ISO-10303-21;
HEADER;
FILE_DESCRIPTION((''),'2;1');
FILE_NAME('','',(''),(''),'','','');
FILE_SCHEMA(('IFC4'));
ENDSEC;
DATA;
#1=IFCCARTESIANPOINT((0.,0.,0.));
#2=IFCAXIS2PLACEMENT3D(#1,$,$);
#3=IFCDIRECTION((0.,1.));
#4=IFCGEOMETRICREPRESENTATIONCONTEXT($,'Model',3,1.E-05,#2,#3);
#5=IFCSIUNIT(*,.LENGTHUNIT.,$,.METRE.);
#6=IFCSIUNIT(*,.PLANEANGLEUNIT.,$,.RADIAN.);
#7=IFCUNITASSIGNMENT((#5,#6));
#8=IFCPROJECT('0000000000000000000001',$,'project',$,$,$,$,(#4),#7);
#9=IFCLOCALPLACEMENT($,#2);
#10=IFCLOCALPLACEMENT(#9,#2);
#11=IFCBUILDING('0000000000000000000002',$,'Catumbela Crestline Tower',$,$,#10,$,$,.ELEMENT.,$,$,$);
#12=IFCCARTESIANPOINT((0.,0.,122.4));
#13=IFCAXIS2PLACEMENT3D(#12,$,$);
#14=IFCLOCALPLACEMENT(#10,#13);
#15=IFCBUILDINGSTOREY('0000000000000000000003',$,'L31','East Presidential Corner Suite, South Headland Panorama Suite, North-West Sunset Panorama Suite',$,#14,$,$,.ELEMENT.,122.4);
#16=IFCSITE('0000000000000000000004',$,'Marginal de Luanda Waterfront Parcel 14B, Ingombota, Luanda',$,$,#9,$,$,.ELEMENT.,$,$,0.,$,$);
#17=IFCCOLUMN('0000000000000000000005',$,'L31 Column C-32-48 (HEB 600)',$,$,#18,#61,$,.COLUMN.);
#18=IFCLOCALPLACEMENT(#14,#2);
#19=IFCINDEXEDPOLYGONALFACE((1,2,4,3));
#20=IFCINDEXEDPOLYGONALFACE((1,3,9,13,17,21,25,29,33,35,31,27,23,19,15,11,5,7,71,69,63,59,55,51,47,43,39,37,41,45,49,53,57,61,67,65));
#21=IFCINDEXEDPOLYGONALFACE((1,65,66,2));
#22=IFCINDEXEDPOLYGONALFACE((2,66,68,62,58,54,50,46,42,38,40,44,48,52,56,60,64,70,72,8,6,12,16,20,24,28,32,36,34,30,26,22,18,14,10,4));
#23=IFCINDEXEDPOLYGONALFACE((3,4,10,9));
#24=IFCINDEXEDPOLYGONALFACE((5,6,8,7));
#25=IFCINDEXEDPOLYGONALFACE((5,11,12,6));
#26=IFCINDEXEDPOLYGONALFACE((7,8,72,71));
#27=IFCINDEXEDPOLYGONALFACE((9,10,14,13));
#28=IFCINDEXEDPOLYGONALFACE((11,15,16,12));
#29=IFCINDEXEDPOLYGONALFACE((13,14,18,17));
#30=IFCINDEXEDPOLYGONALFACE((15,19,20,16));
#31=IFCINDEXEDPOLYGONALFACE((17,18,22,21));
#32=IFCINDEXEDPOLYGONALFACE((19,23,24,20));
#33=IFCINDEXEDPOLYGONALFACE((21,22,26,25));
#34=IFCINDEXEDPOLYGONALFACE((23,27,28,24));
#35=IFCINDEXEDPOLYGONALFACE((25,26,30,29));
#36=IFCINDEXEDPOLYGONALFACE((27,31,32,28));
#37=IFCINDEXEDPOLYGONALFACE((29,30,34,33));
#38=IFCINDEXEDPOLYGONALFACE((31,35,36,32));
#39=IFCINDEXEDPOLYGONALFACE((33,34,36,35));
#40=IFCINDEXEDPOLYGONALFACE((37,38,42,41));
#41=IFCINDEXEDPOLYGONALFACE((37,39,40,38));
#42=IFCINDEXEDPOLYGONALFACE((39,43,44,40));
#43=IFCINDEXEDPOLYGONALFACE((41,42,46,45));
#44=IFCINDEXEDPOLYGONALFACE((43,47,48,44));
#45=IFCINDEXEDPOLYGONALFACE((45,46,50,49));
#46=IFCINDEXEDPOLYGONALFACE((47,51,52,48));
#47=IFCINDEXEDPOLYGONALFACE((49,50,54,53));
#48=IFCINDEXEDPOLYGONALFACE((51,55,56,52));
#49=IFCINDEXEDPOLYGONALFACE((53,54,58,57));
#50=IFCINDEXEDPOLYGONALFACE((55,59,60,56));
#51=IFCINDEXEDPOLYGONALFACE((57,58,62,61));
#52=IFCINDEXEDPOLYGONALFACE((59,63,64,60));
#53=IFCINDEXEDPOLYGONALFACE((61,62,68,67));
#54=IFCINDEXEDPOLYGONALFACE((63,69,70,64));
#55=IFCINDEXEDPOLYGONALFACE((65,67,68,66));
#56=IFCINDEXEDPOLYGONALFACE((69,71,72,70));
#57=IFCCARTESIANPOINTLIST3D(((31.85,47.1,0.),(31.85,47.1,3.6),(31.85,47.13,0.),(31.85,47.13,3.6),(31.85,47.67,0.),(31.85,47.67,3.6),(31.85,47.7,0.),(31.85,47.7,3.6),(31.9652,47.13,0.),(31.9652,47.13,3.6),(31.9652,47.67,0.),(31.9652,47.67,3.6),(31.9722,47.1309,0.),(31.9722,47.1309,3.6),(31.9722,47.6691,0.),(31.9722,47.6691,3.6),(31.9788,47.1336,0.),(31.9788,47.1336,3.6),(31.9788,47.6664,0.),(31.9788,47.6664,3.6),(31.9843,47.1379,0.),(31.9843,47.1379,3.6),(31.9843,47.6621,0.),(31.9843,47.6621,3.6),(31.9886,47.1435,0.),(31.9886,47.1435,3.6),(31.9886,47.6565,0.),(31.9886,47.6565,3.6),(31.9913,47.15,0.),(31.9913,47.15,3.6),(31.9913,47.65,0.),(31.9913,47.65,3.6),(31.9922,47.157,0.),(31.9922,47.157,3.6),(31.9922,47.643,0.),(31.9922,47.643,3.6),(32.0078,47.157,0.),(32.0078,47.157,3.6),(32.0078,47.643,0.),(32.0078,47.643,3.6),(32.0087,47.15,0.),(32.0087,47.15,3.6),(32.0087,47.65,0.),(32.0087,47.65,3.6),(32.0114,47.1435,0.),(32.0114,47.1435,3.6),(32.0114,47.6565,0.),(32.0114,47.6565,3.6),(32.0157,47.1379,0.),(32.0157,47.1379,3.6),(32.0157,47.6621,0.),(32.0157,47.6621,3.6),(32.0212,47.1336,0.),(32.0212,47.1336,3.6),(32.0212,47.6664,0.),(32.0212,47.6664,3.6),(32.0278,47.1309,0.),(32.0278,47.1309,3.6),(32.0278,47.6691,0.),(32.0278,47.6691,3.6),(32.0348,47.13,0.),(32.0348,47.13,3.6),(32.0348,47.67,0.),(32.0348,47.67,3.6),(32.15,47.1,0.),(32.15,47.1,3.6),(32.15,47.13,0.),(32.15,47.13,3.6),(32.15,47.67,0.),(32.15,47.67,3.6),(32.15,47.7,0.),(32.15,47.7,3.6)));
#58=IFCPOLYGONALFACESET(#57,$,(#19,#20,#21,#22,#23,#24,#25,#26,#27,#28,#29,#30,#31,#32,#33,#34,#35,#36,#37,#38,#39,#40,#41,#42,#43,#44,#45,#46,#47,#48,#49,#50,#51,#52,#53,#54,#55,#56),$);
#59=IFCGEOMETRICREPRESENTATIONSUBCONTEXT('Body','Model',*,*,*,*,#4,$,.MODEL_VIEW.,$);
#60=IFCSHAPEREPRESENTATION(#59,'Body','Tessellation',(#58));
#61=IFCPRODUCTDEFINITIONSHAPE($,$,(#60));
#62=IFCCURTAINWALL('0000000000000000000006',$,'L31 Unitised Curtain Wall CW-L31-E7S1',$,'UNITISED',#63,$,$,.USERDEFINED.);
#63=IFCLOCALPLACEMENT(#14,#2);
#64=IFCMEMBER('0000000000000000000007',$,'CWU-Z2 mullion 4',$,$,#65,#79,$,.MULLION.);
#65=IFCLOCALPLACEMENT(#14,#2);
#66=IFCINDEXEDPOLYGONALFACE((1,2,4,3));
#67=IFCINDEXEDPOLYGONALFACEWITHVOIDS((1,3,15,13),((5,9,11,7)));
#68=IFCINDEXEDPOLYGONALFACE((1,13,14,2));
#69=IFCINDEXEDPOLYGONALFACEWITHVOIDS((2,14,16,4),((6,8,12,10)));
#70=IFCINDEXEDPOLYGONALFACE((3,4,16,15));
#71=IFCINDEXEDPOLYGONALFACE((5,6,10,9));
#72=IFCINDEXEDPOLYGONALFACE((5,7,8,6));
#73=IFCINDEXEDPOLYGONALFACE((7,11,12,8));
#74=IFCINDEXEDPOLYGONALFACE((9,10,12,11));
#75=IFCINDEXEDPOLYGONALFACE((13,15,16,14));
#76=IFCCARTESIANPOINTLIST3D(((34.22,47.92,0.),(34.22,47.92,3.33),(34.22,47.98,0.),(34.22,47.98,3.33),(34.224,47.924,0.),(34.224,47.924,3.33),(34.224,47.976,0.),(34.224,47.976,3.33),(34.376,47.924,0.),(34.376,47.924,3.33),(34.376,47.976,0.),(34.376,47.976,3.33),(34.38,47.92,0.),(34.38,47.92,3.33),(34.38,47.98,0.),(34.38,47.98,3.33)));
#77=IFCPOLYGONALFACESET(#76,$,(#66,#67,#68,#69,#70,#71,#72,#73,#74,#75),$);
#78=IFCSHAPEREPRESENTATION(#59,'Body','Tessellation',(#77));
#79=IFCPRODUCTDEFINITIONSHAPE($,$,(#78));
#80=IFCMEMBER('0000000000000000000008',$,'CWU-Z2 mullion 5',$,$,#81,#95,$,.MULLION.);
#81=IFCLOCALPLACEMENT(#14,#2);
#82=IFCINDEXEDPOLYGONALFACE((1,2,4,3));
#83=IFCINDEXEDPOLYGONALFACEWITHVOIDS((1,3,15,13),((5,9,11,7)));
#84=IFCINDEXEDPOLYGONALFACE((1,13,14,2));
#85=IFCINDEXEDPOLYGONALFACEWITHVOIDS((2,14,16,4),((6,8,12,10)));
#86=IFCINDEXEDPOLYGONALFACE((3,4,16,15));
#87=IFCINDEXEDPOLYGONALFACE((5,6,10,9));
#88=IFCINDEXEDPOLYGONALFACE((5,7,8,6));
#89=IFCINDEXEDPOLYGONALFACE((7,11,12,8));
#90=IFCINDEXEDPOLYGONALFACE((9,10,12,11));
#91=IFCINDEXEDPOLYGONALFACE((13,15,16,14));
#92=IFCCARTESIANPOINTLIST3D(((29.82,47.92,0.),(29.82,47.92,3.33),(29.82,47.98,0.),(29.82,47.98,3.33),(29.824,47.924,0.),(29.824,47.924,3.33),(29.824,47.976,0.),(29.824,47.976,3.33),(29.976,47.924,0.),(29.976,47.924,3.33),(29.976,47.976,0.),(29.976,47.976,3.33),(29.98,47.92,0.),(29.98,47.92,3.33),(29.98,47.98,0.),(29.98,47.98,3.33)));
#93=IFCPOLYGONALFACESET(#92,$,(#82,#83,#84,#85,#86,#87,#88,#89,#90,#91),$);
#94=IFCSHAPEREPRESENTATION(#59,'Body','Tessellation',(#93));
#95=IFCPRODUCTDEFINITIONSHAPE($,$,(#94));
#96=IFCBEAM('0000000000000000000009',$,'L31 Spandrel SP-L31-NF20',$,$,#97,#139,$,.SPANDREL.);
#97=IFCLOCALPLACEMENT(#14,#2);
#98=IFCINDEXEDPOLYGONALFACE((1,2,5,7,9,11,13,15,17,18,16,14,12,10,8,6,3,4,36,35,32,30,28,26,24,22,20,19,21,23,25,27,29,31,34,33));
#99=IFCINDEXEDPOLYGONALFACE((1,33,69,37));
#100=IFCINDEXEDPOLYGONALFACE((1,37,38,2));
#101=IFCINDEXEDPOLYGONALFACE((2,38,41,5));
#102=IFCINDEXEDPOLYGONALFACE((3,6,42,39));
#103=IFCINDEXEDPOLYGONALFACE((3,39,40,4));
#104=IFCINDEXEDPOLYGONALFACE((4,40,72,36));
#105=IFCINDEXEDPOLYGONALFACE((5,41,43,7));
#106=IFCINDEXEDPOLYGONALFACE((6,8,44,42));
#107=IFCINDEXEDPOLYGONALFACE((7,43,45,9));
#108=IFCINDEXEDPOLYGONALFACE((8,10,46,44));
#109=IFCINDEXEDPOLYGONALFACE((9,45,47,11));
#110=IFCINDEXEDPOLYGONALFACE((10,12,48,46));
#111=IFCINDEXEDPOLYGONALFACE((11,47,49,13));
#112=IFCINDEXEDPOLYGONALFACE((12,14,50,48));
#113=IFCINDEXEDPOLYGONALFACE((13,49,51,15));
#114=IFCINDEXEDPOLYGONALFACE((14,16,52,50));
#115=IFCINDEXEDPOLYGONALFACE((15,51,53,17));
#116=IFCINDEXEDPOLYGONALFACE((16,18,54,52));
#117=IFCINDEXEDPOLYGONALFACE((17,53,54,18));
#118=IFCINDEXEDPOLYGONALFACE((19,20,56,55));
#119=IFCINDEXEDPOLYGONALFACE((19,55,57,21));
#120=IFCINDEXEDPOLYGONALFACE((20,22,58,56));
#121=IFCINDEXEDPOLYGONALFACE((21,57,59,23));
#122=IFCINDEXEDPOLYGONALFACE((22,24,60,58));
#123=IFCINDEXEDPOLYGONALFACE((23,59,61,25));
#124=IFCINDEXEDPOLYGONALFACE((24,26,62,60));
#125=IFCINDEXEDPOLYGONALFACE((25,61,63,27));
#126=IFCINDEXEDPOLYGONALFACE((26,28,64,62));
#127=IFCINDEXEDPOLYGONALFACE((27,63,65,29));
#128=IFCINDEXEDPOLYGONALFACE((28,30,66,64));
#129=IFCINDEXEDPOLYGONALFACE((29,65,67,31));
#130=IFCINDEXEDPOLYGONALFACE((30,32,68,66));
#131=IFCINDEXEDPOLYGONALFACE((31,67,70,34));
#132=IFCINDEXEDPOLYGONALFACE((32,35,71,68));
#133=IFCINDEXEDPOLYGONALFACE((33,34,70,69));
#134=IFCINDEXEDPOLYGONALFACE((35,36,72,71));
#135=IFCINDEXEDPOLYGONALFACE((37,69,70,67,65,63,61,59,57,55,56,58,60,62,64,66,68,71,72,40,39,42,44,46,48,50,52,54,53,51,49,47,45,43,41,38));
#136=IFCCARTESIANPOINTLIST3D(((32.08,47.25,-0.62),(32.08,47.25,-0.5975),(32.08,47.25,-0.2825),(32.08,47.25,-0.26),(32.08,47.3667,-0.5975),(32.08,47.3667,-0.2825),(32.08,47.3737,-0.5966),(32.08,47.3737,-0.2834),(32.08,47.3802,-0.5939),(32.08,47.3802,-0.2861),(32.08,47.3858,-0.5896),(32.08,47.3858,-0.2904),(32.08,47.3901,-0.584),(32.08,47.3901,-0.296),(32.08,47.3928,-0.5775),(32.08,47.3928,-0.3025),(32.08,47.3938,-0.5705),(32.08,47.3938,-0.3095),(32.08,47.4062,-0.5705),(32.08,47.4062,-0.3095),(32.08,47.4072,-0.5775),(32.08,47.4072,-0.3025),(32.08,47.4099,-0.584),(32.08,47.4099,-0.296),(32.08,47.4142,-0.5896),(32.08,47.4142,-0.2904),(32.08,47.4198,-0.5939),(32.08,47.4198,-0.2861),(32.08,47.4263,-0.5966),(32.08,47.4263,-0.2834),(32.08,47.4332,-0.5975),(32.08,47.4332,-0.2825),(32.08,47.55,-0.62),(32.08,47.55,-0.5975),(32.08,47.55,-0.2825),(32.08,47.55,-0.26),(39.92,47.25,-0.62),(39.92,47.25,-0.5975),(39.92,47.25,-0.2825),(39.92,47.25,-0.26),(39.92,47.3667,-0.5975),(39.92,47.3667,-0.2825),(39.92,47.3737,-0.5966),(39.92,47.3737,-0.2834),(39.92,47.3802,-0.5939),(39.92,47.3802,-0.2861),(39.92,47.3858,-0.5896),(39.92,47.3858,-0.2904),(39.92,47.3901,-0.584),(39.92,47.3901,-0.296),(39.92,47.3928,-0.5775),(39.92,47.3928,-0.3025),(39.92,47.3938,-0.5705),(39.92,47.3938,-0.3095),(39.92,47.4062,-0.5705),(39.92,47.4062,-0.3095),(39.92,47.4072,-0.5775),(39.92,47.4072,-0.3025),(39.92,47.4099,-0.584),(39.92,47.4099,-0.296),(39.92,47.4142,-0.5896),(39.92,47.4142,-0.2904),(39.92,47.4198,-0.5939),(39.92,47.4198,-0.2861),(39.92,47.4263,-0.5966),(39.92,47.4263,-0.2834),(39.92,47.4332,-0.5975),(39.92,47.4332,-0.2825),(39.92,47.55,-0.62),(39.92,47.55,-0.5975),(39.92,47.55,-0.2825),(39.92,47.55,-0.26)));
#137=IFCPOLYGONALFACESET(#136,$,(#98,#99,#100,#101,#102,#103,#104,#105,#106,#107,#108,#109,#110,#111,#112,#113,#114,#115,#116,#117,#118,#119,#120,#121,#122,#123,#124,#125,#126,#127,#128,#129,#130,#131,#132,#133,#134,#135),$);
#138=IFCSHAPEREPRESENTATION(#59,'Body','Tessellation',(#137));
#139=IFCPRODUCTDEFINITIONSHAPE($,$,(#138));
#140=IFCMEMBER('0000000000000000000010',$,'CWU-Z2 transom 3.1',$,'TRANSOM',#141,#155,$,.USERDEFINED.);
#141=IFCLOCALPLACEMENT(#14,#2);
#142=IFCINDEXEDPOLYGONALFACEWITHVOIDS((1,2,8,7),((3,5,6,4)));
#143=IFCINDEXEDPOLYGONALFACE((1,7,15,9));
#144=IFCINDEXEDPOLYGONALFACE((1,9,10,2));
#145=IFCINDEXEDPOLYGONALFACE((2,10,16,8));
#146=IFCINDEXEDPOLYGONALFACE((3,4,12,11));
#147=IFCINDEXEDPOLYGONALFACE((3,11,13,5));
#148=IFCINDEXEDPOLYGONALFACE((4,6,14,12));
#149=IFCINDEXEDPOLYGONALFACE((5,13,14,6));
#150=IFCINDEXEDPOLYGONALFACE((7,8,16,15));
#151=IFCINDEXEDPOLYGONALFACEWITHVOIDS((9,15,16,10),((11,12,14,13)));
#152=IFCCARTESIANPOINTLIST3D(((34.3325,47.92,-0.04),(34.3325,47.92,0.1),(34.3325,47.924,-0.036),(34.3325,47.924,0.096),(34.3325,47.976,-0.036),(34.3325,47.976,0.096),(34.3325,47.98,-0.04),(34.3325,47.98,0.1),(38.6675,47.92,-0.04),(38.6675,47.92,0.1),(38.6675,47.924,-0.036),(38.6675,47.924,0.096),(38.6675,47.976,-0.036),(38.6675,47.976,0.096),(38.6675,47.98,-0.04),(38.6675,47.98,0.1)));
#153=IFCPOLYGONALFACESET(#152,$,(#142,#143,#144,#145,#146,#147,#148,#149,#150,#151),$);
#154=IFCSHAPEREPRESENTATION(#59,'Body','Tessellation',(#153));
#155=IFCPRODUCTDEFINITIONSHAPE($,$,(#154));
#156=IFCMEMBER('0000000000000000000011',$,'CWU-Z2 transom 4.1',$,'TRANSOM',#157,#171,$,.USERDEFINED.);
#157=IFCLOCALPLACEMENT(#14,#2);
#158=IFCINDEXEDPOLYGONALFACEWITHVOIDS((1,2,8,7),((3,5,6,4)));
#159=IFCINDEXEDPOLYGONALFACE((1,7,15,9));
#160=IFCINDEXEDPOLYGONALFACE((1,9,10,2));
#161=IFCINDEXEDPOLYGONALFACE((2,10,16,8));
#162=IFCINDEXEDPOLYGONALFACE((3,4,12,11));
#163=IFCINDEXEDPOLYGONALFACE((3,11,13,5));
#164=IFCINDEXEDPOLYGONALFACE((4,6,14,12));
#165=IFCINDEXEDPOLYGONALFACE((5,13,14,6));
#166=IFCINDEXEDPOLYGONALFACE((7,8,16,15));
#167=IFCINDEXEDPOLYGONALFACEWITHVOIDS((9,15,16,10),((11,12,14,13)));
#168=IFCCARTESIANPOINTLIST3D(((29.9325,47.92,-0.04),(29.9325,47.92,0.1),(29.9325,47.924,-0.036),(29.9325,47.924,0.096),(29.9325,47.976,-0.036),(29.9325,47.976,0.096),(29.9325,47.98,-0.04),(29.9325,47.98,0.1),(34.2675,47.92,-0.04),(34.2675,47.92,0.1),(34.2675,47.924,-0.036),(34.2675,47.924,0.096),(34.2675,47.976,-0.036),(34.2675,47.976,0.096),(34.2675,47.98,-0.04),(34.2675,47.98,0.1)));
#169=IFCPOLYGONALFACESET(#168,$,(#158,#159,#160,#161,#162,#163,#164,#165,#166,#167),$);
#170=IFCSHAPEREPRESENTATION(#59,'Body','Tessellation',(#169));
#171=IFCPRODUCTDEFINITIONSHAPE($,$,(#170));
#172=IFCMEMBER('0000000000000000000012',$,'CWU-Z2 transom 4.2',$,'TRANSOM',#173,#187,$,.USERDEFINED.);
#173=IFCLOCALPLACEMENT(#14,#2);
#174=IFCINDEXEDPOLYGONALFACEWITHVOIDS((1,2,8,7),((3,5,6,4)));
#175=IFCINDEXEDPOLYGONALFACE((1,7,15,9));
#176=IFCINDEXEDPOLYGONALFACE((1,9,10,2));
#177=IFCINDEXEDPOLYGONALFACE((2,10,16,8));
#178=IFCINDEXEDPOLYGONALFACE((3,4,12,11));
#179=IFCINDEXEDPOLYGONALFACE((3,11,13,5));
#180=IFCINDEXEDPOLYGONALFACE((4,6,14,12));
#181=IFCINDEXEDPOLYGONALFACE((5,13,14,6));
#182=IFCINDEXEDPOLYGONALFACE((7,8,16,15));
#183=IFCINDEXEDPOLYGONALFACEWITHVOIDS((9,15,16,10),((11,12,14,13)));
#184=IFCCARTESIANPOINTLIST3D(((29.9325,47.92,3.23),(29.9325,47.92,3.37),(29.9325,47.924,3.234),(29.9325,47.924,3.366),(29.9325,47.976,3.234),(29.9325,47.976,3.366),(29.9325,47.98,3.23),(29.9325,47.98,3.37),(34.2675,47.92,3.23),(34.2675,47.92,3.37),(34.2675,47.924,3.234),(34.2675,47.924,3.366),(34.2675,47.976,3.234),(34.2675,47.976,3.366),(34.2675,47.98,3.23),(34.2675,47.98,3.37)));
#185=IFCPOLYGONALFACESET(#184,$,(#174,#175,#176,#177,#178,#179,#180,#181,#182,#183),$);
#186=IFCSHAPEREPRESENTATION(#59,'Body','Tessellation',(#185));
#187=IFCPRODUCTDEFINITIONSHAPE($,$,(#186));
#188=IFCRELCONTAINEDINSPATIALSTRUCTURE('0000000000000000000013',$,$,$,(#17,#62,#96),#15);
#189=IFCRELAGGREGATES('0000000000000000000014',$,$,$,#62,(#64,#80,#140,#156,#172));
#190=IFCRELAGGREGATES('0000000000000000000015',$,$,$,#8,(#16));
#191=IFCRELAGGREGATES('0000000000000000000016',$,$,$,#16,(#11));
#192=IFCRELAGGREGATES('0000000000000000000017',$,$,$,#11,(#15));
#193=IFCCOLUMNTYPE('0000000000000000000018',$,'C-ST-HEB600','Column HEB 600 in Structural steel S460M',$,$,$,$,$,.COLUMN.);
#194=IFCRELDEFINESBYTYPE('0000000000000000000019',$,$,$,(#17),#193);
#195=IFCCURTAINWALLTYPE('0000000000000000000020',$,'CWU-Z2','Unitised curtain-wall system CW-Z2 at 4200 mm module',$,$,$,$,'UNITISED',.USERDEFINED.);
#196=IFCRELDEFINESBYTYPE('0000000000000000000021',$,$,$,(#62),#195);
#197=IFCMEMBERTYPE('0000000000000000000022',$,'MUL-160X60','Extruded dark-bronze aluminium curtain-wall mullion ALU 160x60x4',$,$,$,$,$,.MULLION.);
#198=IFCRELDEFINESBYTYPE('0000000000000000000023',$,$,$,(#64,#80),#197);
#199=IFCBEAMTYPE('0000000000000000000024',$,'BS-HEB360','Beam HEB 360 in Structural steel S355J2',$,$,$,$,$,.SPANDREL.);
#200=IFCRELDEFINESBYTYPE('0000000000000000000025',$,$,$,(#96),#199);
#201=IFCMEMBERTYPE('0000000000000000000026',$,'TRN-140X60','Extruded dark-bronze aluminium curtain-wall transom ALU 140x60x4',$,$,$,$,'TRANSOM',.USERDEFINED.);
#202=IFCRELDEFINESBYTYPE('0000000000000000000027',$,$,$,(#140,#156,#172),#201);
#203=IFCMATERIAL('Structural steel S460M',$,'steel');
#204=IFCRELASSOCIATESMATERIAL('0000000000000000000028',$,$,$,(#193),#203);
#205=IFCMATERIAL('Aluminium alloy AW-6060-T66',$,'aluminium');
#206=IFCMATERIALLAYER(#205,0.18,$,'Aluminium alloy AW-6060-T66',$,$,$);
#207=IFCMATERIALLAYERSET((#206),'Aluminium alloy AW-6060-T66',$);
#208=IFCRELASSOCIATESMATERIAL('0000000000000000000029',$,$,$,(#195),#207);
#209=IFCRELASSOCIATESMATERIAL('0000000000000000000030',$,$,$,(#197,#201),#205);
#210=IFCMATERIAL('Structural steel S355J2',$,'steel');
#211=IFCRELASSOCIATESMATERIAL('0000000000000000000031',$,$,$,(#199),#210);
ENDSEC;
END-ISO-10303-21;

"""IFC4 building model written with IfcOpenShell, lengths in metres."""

from ifc_helpers import new_model, si_unit, direction, frame, origin, origin_2d, place, context, subcontext, project, spatial, hollow_rectangle, i_section, extrude, material, layer, layer_set, material_profile, profile_set, type_object, element, aggregate, save


model = new_model("IFC4")

# Units and contexts
model_context = context("Model", 3, precision=1e-05, world=origin(), true_north=direction((0.0, 1.0)))
body_context = subcontext(model_context, "Body", "Model", "MODEL_VIEW")
ifc_project = project(units=[si_unit("LENGTHUNIT", "METRE"), si_unit("PLANEANGLEUNIT", "RADIAN")], contexts=[model_context])

# Site, building, storey
site_placement = place(None, origin())
site = spatial("IfcSite", under=ifc_project, at=site_placement, Name="Marginal de Luanda Waterfront Parcel 14B, Ingombota, Luanda", CompositionType="ELEMENT", RefElevation=0.0)
building_placement = place(site_placement, origin())
building = spatial("IfcBuilding", under=site, at=building_placement, Name="Catumbela Crestline Tower", CompositionType="ELEMENT")
storey_placement = place(building_placement, frame((0.0, 0.0, 122.4)))
storey = spatial("IfcBuildingStorey", under=building, at=storey_placement, Name="L31", Description="East Presidential Corner Suite, South Headland Panorama Suite, North-West Sunset Panorama Suite", CompositionType="ELEMENT", Elevation=122.4)

# Column
ifc_material_1 = material(Name="Structural steel S460M", Category="steel")
ifc_material_profile_1 = material_profile(ifc_material_1, i_section(OverallWidth=0.3, OverallDepth=0.6, WebThickness=0.0155, FlangeThickness=0.03, FilletRadius=0.027, at=origin_2d()), Name="HEB 600")
ifc_profile_set_1 = profile_set([ifc_material_profile_1], Name="Structural steel S460M")
column_type = type_object("IfcColumnType", Name="C-ST-HEB600", Description="Column HEB 600 in Structural steel S460M", PredefinedType="COLUMN", material=ifc_profile_set_1)
column_placement = place(storey_placement, frame((32.0, 47.4, 0.0), z_axis=(0.0, 0.0, 1.0), x_axis=(1.0, 0.0, 0.0)))
element("IfcColumn", 1, at=column_placement, inside=storey, type_object=column_type, Name="L31 Column C-32-48 (HEB 600)", PredefinedType="COLUMN", context=body_context, shape_type="SweptSolid", body=[
    extrude(i_section(OverallWidth=0.3, OverallDepth=0.6, WebThickness=0.0155, FlangeThickness=0.03, FilletRadius=0.027, at=origin_2d()), origin(), (0.0, 0.0, 1.0), 3.6),
])

# Curtain wall, members
ifc_material_2 = material(Name="Aluminium alloy AW-6060-T66", Category="aluminium")
ifc_layer_1 = layer(ifc_material_2, 0.18, Name="Aluminium alloy AW-6060-T66")
ifc_layer_set_1 = layer_set([ifc_layer_1], Name="Aluminium alloy AW-6060-T66")
curtain_wall_type = type_object("IfcCurtainWallType", Name="CWU-Z2", Description="Unitised curtain-wall system CW-Z2 at 4200 mm module", ElementType="UNITISED", PredefinedType="USERDEFINED", material=ifc_layer_set_1)
curtain_wall_placement = place(storey_placement, origin())
curtain_wall = element("IfcCurtainWall", 2, at=curtain_wall_placement, inside=storey, type_object=curtain_wall_type, Name="L31 Unitised Curtain Wall CW-L31-E7S1", ObjectType="UNITISED", PredefinedType="USERDEFINED")
ifc_material_profile_2 = material_profile(ifc_material_2, hollow_rectangle(XDim=0.06, YDim=0.16, WallThickness=0.004, at=origin_2d()), Name="ALU 160x60x4")
ifc_profile_set_2 = profile_set([ifc_material_profile_2], Name="Aluminium alloy AW-6060-T66")
member_type_1 = type_object("IfcMemberType", Name="MUL-160X60", Description="Extruded dark-bronze aluminium curtain-wall mullion ALU 160x60x4", PredefinedType="MULLION", material=ifc_profile_set_2)
member_1_placement = place(storey_placement, frame((34.3, 47.95, 0.0), z_axis=(0.0, 0.0, 1.0), x_axis=(0.0, -1.0, 0.0)))
member_1 = element("IfcMember", 3, at=member_1_placement, type_object=member_type_1, Name="CWU-Z2 mullion 4", PredefinedType="MULLION", context=body_context, shape_type="SweptSolid", body=[
    extrude(hollow_rectangle(XDim=0.06, YDim=0.16, WallThickness=0.004, at=origin_2d()), origin(), (0.0, 0.0, 1.0), 3.33),
])
member_2_placement = place(storey_placement, frame((29.9, 47.95, 0.0), z_axis=(0.0, 0.0, 1.0), x_axis=(0.0, -1.0, 0.0)))
member_2 = element("IfcMember", 4, at=member_2_placement, type_object=member_type_1, Name="CWU-Z2 mullion 5", PredefinedType="MULLION", context=body_context, shape_type="SweptSolid", body=[
    extrude(hollow_rectangle(XDim=0.06, YDim=0.16, WallThickness=0.004, at=origin_2d()), origin(), (0.0, 0.0, 1.0), 3.33),
])

# Beam
ifc_material_3 = material(Name="Structural steel S355J2", Category="steel")
ifc_material_profile_3 = material_profile(ifc_material_3, i_section(OverallWidth=0.3, OverallDepth=0.36, WebThickness=0.0125, FlangeThickness=0.0225, FilletRadius=0.027, at=origin_2d()), Name="HEB 360")
ifc_profile_set_3 = profile_set([ifc_material_profile_3], Name="Structural steel S355J2")
beam_type = type_object("IfcBeamType", Name="BS-HEB360", Description="Beam HEB 360 in Structural steel S355J2", PredefinedType="SPANDREL", material=ifc_profile_set_3)
beam_placement = place(storey_placement, frame((32.08, 47.4, -0.44), z_axis=(1.0, 0.0, 0.0), x_axis=(0.0, 1.0, 0.0)))
element("IfcBeam", 5, at=beam_placement, inside=storey, type_object=beam_type, Name="L31 Spandrel SP-L31-NF20", PredefinedType="SPANDREL", context=body_context, shape_type="SweptSolid", body=[
    extrude(i_section(OverallWidth=0.3, OverallDepth=0.36, WebThickness=0.0125, FlangeThickness=0.0225, FilletRadius=0.027, at=origin_2d()), origin(), (0.0, 0.0, 1.0), 7.84),
])

# Members
ifc_material_profile_4 = material_profile(ifc_material_2, hollow_rectangle(XDim=0.06, YDim=0.14, WallThickness=0.004, at=origin_2d()), Name="ALU 140x60x4")
ifc_profile_set_4 = profile_set([ifc_material_profile_4], Name="Aluminium alloy AW-6060-T66")
member_type_2 = type_object("IfcMemberType", Name="TRN-140X60", Description="Extruded dark-bronze aluminium curtain-wall transom ALU 140x60x4", ElementType="TRANSOM", PredefinedType="USERDEFINED", material=ifc_profile_set_4)
member_3_placement = place(storey_placement, frame((38.6675, 47.95, 0.03), z_axis=(-1.0, 0.0, 0.0), x_axis=(0.0, -1.0, 0.0)))
member_3 = element("IfcMember", 6, at=member_3_placement, type_object=member_type_2, Name="CWU-Z2 transom 3.1", ObjectType="TRANSOM", PredefinedType="USERDEFINED", context=body_context, shape_type="SweptSolid", body=[
    extrude(hollow_rectangle(XDim=0.06, YDim=0.14, WallThickness=0.004, at=origin_2d()), origin(), (0.0, 0.0, 1.0), 4.335),
])
member_4_placement = place(storey_placement, frame((34.2675, 47.95, 0.03), z_axis=(-1.0, 0.0, 0.0), x_axis=(0.0, -1.0, 0.0)))
member_4 = element("IfcMember", 7, at=member_4_placement, type_object=member_type_2, Name="CWU-Z2 transom 4.1", ObjectType="TRANSOM", PredefinedType="USERDEFINED", context=body_context, shape_type="SweptSolid", body=[
    extrude(hollow_rectangle(XDim=0.06, YDim=0.14, WallThickness=0.004, at=origin_2d()), origin(), (0.0, 0.0, 1.0), 4.335),
])
member_5_placement = place(storey_placement, frame((34.2675, 47.95, 3.3), z_axis=(-1.0, 0.0, 0.0), x_axis=(0.0, -1.0, 0.0)))
member_5 = element("IfcMember", 8, at=member_5_placement, type_object=member_type_2, Name="CWU-Z2 transom 4.2", ObjectType="TRANSOM", PredefinedType="USERDEFINED", context=body_context, shape_type="SweptSolid", body=[
    extrude(hollow_rectangle(XDim=0.06, YDim=0.14, WallThickness=0.004, at=origin_2d()), origin(), (0.0, 0.0, 1.0), 4.335),
])

aggregate(curtain_wall, [member_1, member_2, member_3, member_4, member_5])

save(model, "model.ifc")
